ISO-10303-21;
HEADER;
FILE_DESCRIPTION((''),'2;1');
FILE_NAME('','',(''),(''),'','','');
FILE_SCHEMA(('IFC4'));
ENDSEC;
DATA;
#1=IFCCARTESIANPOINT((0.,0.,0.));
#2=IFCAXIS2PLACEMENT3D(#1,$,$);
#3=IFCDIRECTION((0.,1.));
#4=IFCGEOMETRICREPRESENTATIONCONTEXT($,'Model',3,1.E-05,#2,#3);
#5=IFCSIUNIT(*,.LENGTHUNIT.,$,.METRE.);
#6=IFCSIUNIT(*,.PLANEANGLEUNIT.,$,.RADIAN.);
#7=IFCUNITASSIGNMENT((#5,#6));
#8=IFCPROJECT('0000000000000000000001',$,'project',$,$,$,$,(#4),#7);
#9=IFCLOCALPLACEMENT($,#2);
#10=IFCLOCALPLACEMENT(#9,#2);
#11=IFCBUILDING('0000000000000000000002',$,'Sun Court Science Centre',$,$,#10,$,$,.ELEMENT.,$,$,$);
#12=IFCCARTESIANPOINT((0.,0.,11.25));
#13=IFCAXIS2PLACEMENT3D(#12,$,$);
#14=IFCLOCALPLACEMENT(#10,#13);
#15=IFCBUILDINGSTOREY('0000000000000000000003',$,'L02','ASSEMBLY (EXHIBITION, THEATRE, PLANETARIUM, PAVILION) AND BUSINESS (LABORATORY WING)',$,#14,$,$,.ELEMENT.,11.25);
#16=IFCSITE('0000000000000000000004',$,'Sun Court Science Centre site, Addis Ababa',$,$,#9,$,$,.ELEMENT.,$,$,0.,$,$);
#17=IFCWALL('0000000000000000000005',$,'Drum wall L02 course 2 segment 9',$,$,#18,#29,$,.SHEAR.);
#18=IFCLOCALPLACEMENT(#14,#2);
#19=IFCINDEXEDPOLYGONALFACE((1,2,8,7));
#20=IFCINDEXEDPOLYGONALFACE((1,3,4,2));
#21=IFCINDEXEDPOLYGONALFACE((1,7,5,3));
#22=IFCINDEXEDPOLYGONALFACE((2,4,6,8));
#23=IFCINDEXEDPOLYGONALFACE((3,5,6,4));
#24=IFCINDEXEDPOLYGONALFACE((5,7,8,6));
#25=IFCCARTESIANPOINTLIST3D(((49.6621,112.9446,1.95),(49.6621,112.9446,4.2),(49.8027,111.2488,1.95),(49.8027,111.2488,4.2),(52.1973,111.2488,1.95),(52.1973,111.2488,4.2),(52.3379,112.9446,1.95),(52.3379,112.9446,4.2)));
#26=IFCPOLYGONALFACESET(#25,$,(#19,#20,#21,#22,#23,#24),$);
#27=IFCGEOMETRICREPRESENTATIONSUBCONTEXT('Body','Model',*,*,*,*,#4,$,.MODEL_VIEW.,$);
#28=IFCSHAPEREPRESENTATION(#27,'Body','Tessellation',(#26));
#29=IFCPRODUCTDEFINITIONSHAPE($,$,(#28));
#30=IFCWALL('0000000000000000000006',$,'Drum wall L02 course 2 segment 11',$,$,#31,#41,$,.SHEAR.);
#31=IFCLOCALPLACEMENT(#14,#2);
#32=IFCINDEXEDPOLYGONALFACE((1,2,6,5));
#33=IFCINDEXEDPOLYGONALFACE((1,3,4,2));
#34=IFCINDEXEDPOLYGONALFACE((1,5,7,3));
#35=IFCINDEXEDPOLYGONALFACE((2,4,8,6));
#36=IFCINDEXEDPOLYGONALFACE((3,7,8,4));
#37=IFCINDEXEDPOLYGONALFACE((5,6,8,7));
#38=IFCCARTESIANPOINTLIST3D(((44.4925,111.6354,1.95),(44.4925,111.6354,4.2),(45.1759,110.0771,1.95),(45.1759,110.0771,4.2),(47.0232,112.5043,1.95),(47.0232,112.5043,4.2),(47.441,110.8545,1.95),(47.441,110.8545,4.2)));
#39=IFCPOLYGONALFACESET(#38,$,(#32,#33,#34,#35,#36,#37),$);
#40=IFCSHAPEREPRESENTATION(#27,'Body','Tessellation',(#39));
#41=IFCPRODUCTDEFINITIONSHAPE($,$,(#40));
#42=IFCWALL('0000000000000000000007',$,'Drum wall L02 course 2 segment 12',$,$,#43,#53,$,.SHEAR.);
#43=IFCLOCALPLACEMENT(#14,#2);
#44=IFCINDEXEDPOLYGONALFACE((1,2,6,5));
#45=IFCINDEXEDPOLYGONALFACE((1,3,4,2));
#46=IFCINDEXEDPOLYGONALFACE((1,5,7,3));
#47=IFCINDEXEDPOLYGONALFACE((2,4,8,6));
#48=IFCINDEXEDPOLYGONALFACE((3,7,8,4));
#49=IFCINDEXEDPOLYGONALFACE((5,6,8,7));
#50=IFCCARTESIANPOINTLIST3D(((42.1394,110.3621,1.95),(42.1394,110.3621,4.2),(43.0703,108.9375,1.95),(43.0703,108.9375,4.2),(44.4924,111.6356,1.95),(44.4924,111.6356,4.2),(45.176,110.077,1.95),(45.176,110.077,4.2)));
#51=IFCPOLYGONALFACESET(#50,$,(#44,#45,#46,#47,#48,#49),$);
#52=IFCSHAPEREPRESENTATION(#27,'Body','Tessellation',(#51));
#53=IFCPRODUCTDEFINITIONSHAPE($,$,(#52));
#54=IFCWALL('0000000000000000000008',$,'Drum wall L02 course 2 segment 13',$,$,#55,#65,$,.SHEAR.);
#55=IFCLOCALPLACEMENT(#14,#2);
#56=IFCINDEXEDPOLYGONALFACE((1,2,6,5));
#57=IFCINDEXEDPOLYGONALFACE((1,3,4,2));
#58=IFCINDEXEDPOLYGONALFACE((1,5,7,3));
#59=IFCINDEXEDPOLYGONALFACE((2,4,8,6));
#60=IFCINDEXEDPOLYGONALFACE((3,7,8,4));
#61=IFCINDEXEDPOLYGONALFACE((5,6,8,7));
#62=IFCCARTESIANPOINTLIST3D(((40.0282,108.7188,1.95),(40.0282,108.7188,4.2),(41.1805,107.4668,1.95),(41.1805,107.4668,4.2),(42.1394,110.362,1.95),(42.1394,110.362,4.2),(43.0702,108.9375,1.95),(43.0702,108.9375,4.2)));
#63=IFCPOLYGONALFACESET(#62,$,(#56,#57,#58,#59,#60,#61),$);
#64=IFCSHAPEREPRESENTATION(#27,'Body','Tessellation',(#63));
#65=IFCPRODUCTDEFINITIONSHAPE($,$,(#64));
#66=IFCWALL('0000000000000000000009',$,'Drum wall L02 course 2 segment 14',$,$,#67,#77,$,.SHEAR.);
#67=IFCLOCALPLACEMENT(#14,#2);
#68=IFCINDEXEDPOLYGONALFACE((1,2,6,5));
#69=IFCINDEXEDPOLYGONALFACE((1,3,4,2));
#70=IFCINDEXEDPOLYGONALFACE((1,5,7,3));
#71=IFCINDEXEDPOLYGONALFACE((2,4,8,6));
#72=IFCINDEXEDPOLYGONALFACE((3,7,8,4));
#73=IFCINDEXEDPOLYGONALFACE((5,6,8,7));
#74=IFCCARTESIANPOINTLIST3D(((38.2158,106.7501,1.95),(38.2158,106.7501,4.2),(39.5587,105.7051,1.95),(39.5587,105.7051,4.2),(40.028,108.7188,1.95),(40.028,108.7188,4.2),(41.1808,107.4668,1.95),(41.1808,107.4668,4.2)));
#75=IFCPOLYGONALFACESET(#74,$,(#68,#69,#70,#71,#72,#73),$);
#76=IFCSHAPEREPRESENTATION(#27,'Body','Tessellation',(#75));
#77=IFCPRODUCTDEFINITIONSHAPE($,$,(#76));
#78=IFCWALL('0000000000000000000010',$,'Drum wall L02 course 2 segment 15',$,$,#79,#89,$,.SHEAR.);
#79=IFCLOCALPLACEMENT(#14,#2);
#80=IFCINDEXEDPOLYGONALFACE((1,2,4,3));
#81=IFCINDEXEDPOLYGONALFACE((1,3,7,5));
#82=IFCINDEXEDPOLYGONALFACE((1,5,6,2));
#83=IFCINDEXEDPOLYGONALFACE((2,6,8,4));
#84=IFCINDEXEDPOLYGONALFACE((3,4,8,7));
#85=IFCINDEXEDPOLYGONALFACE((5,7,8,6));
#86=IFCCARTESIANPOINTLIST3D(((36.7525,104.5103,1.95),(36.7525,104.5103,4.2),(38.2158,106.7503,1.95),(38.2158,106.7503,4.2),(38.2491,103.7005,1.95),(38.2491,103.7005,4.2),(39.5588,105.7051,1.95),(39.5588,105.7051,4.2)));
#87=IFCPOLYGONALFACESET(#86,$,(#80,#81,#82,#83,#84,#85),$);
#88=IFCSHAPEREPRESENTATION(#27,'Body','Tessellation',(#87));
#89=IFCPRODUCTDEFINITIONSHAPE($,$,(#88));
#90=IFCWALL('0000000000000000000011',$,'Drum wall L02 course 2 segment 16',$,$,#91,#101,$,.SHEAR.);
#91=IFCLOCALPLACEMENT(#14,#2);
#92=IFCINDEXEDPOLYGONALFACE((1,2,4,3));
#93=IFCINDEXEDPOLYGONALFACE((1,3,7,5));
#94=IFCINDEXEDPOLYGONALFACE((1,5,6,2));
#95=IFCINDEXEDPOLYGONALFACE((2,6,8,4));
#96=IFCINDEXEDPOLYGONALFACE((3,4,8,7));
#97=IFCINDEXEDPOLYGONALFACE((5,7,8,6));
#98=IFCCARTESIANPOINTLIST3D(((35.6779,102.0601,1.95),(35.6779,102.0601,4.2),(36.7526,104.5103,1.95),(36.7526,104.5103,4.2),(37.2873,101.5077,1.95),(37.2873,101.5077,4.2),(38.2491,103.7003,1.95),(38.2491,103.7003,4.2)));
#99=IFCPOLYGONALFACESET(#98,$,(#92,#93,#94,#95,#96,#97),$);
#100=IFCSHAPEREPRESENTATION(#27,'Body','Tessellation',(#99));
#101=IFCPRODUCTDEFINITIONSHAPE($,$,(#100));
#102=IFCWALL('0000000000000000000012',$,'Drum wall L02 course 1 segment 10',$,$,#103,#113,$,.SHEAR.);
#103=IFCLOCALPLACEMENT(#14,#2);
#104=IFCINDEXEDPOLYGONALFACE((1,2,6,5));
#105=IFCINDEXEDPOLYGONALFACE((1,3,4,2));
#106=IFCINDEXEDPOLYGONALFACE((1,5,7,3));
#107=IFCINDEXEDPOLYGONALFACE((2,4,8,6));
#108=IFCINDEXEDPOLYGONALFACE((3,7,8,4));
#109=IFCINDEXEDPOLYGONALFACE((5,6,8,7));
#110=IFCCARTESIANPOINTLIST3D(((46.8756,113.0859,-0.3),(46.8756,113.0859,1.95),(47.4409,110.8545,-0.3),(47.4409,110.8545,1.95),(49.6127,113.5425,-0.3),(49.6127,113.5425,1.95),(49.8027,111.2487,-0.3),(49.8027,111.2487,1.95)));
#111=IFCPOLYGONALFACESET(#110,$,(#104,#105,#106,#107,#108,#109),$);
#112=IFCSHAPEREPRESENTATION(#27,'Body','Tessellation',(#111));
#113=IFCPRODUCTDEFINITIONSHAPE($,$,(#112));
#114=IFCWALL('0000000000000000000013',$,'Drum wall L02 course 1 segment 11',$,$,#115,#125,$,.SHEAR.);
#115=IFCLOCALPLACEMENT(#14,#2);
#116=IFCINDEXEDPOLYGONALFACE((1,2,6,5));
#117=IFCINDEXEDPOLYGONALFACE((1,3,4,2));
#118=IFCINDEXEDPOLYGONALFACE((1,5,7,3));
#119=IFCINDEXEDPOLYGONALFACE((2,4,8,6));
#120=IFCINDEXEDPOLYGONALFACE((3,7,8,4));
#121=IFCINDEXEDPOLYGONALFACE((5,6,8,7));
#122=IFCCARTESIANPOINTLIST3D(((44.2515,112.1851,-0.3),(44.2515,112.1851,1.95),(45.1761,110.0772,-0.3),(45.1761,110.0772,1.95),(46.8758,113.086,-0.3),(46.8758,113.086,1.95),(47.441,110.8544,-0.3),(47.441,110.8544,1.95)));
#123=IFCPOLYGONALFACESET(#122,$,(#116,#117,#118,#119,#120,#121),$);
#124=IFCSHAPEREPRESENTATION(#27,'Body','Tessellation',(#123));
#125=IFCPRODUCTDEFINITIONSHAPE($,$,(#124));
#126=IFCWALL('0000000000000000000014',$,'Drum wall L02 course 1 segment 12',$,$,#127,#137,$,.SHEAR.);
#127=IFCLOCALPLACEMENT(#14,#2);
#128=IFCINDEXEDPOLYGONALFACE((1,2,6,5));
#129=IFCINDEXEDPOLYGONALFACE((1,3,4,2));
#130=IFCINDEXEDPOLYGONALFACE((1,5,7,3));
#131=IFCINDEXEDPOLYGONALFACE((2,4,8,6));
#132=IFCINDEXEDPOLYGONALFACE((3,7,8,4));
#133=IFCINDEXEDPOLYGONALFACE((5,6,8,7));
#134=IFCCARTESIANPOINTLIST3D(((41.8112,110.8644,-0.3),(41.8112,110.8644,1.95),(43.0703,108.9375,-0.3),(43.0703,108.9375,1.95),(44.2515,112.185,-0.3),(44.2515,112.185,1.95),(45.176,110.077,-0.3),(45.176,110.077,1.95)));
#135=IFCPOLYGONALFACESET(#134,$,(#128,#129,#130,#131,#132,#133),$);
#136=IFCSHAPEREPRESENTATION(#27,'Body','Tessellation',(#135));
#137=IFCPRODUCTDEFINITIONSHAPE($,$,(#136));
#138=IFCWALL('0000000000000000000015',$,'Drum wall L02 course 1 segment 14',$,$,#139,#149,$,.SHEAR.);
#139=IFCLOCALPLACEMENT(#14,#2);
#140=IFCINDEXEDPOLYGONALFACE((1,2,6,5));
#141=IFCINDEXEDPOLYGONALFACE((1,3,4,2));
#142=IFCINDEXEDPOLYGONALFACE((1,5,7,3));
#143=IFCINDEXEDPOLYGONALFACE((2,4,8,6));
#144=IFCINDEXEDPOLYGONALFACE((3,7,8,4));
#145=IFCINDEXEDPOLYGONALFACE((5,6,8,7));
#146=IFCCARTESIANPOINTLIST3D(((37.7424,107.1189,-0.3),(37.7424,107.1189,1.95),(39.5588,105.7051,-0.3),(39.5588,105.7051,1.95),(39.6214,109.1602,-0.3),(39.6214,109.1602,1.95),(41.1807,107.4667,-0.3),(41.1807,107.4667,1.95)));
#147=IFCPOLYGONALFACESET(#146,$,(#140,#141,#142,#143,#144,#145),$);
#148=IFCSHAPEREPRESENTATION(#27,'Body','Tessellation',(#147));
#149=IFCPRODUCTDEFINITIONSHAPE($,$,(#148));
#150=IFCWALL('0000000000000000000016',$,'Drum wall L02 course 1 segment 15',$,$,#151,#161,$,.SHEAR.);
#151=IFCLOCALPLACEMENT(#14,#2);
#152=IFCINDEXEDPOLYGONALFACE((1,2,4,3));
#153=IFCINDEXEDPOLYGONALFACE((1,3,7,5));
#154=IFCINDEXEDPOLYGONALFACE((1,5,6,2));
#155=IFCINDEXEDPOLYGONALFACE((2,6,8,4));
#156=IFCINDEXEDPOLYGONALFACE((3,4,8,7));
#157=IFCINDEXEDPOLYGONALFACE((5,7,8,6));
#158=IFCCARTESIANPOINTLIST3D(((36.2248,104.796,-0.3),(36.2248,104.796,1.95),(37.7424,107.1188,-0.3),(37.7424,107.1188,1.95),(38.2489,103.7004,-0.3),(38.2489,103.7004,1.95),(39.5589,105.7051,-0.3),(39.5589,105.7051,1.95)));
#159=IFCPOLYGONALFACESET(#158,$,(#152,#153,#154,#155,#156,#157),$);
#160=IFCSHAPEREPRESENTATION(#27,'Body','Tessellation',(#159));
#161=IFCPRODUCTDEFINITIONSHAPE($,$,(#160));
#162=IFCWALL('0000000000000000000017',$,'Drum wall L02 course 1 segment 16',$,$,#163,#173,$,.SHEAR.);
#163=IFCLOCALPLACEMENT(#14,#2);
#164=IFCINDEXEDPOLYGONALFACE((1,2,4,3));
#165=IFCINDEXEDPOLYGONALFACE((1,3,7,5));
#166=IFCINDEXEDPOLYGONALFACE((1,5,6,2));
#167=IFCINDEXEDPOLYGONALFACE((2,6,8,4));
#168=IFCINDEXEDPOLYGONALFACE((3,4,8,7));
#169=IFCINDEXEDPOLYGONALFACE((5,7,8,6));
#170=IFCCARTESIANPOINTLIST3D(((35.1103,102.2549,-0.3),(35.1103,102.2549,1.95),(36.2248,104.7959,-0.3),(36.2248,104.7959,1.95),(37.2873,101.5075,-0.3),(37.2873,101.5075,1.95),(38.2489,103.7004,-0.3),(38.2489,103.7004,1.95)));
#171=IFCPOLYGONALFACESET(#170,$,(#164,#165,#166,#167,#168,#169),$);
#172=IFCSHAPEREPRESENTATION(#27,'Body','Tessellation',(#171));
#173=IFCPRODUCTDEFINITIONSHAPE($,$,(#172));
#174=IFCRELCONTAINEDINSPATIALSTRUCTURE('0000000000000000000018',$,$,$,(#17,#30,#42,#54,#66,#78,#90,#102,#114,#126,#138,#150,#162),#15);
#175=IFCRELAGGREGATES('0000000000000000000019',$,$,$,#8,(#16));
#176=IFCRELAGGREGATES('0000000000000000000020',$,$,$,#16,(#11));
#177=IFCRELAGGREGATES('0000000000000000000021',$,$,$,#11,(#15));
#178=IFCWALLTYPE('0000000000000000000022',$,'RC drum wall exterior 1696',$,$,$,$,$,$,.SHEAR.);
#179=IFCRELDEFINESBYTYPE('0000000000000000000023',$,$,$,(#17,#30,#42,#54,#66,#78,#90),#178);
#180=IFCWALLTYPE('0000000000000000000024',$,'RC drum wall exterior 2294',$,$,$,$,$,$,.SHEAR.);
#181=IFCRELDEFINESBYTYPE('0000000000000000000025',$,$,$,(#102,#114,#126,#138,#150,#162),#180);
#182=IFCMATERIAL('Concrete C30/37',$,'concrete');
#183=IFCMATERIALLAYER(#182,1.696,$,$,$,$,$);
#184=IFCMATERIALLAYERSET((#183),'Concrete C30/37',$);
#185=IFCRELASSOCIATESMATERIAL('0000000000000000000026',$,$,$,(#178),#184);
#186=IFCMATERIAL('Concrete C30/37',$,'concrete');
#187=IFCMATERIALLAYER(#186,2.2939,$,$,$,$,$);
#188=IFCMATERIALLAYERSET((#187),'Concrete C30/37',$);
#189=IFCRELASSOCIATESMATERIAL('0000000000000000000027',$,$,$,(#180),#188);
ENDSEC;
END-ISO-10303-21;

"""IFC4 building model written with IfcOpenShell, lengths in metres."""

from ifc_helpers import new_model, si_unit, direction, frame, origin, place, context, subcontext, project, spatial, polyline, outline, extrude, material, layer, layer_set, type_object, element, save


model = new_model("IFC4")

# Units and contexts
model_context = context("Model", 3, precision=1e-05, world=origin(), true_north=direction((0.0, 1.0)))
body_context = subcontext(model_context, "Body", "Model", "MODEL_VIEW")
ifc_project = project(units=[si_unit("LENGTHUNIT", "METRE"), si_unit("PLANEANGLEUNIT", "RADIAN")], contexts=[model_context])

# Site, building, storey
site_placement = place(None, origin())
site = spatial("IfcSite", under=ifc_project, at=site_placement, Name="Sun Court Science Centre site, Addis Ababa", CompositionType="ELEMENT", RefElevation=0.0)
building_placement = place(site_placement, origin())
building = spatial("IfcBuilding", under=site, at=building_placement, Name="Sun Court Science Centre", CompositionType="ELEMENT")
storey_placement = place(building_placement, frame((0.0, 0.0, 11.25)))
storey = spatial("IfcBuildingStorey", under=building, at=storey_placement, Name="L02", Description="ASSEMBLY (EXHIBITION, THEATRE, PLANETARIUM, PAVILION) AND BUSINESS (LABORATORY WING)", CompositionType="ELEMENT", Elevation=11.25)

# Walls
ifc_material_1 = material(Name="Concrete C30/37", Category="concrete")
ifc_layer_1 = layer(ifc_material_1, 1.696)
ifc_layer_set_1 = layer_set([ifc_layer_1], Name="Concrete C30/37")
wall_type_1 = type_object("IfcWallType", Name="RC drum wall exterior 1696", PredefinedType="SHEAR", material=ifc_layer_set_1)
wall_1_placement = place(storey_placement, frame((52.3379, 112.0967, 1.95), z_axis=(0.0, 0.0, 1.0), x_axis=(-1.0, 0.0, 0.0)))
element("IfcWall", 1, at=wall_1_placement, inside=storey, type_object=wall_type_1, Name="Drum wall L02 course 2 segment 9", PredefinedType="SHEAR", context=body_context, shape_type="SweptSolid", body=[
    extrude(outline(polyline([(0.0, -0.8479), (2.6758, -0.8479), (2.5352, 0.8479), (0.1406, 0.8479), (0.0, -0.8479)])), origin(), (0.0, 0.0, 1.0), 2.25),
])
wall_2_placement = place(storey_placement, frame((47.2986, 111.7024, 1.95), z_axis=(0.0, 0.0, 1.0), x_axis=(-0.945807, -0.324728, 0.0)))
element("IfcWall", 2, at=wall_2_placement, inside=storey, type_object=wall_type_1, Name="Drum wall L02 course 2 segment 11", PredefinedType="SHEAR", context=body_context, shape_type="SweptSolid", body=[
    extrude(outline(polyline([(0.0, -0.8479), (2.6758, -0.8479), (2.5354, 0.8479), (0.1406, 0.8481), (0.0, -0.8479)])), origin(), (0.0, 0.0, 1.0), 2.25),
])
wall_3_placement = place(storey_placement, frame((44.896, 110.8899, 1.95), z_axis=(0.0, 0.0, 1.0), x_axis=(-0.879467, -0.47596, 0.0)))
element("IfcWall", 3, at=wall_3_placement, inside=storey, type_object=wall_type_1, Name="Drum wall L02 course 2 segment 12", PredefinedType="SHEAR", context=body_context, shape_type="SweptSolid", body=[
    extrude(outline(polyline([(0.0, -0.8479), (2.6755, -0.8479), (2.5349, 0.8481), (0.1406, 0.8481), (0.0, -0.8479)])), origin(), (0.0, 0.0, 1.0), 2.25),
])
wall_4_placement = place(storey_placement, frame((42.6602, 109.6929, 1.95), z_axis=(0.0, 0.0, 1.0), x_axis=(-0.789141, -0.614212, 0.0)))
element("IfcWall", 4, at=wall_4_placement, inside=storey, type_object=wall_type_1, Name="Drum wall L02 course 2 segment 13", PredefinedType="SHEAR", context=body_context, shape_type="SweptSolid", body=[
    extrude(outline(polyline([(0.0, -0.8479), (2.6753, -0.8479), (2.5349, 0.8479), (0.1404, 0.8479), (0.0, -0.8479)])), origin(), (0.0, 0.0, 1.0), 2.25),
])
wall_5_placement = place(storey_placement, frame((40.6519, 108.1445, 1.95), z_axis=(0.0, 0.0, 1.0), x_axis=(-0.677256, -0.735747, 0.0)))
element("IfcWall", 5, at=wall_5_placement, inside=storey, type_object=wall_type_1, Name="Drum wall L02 course 2 segment 14", PredefinedType="SHEAR", context=body_context, shape_type="SweptSolid", body=[
    extrude(outline(polyline([(0.0, -0.8479), (2.6758, -0.8479), (2.5352, 0.8479), (0.1404, 0.8481), (0.0, -0.8479)])), origin(), (0.0, 0.0, 1.0), 2.25),
])
wall_6_placement = place(storey_placement, frame((38.9258, 106.2864, 1.95), z_axis=(0.0, 0.0, 1.0), x_axis=(-0.546969, -0.837153, 0.0)))
element("IfcWall", 6, at=wall_6_placement, inside=storey, type_object=wall_type_1, Name="Drum wall L02 course 2 segment 15", PredefinedType="SHEAR", context=body_context, shape_type="SweptSolid", body=[
    extrude(outline(polyline([(0.0, -0.8481), (2.6755, -0.8479), (2.5349, 0.8479), (0.1404, 0.8479), (0.0, -0.8481)])), origin(), (0.0, 0.0, 1.0), 2.25),
])
wall_7_placement = place(storey_placement, frame((37.5291, 104.1697, 1.95), z_axis=(0.0, 0.0, 1.0), x_axis=(-0.40168, -0.91578, 0.0)))
element("IfcWall", 7, at=wall_7_placement, inside=storey, type_object=wall_type_1, Name="Drum wall L02 course 2 segment 16", PredefinedType="SHEAR", context=body_context, shape_type="SweptSolid", body=[
    extrude(outline(polyline([(0.0, -0.8479), (2.6755, -0.8479), (2.5349, 0.8479), (0.1406, 0.8479), (0.0, -0.8479)])), origin(), (0.0, 0.0, 1.0), 2.25),
])
ifc_material_2 = material(Name="Concrete C30/37", Category="concrete")
ifc_layer_2 = layer(ifc_material_2, 2.2939)
ifc_layer_set_2 = layer_set([ifc_layer_2], Name="Concrete C30/37")
wall_type_2 = type_object("IfcWallType", Name="RC drum wall exterior 2294", PredefinedType="SHEAR", material=ifc_layer_set_2)
wall_8_placement = place(storey_placement, frame((49.8015, 112.4114, -0.3), z_axis=(0.0, 0.0, 1.0), x_axis=(-0.986356, -0.164627, 0.0)))
element("IfcWall", 8, at=wall_8_placement, inside=storey, type_object=wall_type_2, Name="Drum wall L02 course 1 segment 10", PredefinedType="SHEAR", context=body_context, shape_type="SweptSolid", body=[
    extrude(outline(polyline([(0.0, -1.1467), (2.7749, -1.147), (2.5847, 1.147), (0.1902, 1.147), (0.0, -1.1467)])), origin(), (0.0, 0.0, 1.0), 2.25),
])
wall_9_placement = place(storey_placement, frame((47.2483, 112.0012, -0.3), z_axis=(0.0, 0.0, 1.0), x_axis=(-0.945794, -0.324767, 0.0)))
element("IfcWall", 9, at=wall_9_placement, inside=storey, type_object=wall_type_2, Name="Drum wall L02 course 1 segment 11", PredefinedType="SHEAR", context=body_context, shape_type="SweptSolid", body=[
    extrude(outline(polyline([(0.0, -1.147), (2.7747, -1.1472), (2.5847, 1.1467), (0.1902, 1.1472), (0.0, -1.147)])), origin(), (0.0, 0.0, 1.0), 2.25),
])
wall_10_placement = place(storey_placement, frame((44.7974, 111.1763, -0.3), z_axis=(0.0, 0.0, 1.0), x_axis=(-0.879475, -0.475946, 0.0)))
element("IfcWall", 10, at=wall_10_placement, inside=storey, type_object=wall_type_2, Name="Drum wall L02 course 1 segment 12", PredefinedType="SHEAR", context=body_context, shape_type="SweptSolid", body=[
    extrude(outline(polyline([(0.0, -1.147), (2.7747, -1.147), (2.5845, 1.147), (0.1902, 1.147), (0.0, -1.147)])), origin(), (0.0, 0.0, 1.0), 2.25),
])
wall_11_placement = place(storey_placement, frame((40.4656, 108.3833, -0.3), z_axis=(0.0, 0.0, 1.0), x_axis=(-0.677337, -0.735673, 0.0)))
element("IfcWall", 11, at=wall_11_placement, inside=storey, type_object=wall_type_2, Name="Drum wall L02 course 1 segment 14", PredefinedType="SHEAR", context=body_context, shape_type="SweptSolid", body=[
    extrude(outline(polyline([(0.0002, -1.1472), (2.7747, -1.147), (2.5845, 1.147), (0.1899, 1.147), (0.0002, -1.1472)])), origin(), (0.0, 0.0, 1.0), 2.25),
])
wall_12_placement = place(storey_placement, frame((38.7026, 106.4915, -0.3), z_axis=(0.0, 0.0, 1.0), x_axis=(-0.54696, -0.837159, 0.0)))
element("IfcWall", 12, at=wall_12_placement, inside=storey, type_object=wall_type_2, Name="Drum wall L02 course 1 segment 15", PredefinedType="SHEAR", context=body_context, shape_type="SweptSolid", body=[
    extrude(outline(polyline([(0.0, -1.147), (2.7747, -1.147), (2.5847, 1.1467), (0.1899, 1.147), (0.0, -1.147)])), origin(), (0.0, 0.0, 1.0), 2.25),
])
wall_13_placement = place(storey_placement, frame((37.2751, 104.3352, -0.3), z_axis=(0.0, 0.0, 1.0), x_axis=(-0.401668, -0.915785, 0.0)))
element("IfcWall", 13, at=wall_13_placement, inside=storey, type_object=wall_type_2, Name="Drum wall L02 course 1 segment 16", PredefinedType="SHEAR", context=body_context, shape_type="SweptSolid", body=[
    extrude(outline(polyline([(0.0, -1.147), (2.7747, -1.147), (2.5847, 1.147), (0.1902, 1.1467), (0.0, -1.147)])), origin(), (0.0, 0.0, 1.0), 2.25),
])

save(model, "model.ifc")
